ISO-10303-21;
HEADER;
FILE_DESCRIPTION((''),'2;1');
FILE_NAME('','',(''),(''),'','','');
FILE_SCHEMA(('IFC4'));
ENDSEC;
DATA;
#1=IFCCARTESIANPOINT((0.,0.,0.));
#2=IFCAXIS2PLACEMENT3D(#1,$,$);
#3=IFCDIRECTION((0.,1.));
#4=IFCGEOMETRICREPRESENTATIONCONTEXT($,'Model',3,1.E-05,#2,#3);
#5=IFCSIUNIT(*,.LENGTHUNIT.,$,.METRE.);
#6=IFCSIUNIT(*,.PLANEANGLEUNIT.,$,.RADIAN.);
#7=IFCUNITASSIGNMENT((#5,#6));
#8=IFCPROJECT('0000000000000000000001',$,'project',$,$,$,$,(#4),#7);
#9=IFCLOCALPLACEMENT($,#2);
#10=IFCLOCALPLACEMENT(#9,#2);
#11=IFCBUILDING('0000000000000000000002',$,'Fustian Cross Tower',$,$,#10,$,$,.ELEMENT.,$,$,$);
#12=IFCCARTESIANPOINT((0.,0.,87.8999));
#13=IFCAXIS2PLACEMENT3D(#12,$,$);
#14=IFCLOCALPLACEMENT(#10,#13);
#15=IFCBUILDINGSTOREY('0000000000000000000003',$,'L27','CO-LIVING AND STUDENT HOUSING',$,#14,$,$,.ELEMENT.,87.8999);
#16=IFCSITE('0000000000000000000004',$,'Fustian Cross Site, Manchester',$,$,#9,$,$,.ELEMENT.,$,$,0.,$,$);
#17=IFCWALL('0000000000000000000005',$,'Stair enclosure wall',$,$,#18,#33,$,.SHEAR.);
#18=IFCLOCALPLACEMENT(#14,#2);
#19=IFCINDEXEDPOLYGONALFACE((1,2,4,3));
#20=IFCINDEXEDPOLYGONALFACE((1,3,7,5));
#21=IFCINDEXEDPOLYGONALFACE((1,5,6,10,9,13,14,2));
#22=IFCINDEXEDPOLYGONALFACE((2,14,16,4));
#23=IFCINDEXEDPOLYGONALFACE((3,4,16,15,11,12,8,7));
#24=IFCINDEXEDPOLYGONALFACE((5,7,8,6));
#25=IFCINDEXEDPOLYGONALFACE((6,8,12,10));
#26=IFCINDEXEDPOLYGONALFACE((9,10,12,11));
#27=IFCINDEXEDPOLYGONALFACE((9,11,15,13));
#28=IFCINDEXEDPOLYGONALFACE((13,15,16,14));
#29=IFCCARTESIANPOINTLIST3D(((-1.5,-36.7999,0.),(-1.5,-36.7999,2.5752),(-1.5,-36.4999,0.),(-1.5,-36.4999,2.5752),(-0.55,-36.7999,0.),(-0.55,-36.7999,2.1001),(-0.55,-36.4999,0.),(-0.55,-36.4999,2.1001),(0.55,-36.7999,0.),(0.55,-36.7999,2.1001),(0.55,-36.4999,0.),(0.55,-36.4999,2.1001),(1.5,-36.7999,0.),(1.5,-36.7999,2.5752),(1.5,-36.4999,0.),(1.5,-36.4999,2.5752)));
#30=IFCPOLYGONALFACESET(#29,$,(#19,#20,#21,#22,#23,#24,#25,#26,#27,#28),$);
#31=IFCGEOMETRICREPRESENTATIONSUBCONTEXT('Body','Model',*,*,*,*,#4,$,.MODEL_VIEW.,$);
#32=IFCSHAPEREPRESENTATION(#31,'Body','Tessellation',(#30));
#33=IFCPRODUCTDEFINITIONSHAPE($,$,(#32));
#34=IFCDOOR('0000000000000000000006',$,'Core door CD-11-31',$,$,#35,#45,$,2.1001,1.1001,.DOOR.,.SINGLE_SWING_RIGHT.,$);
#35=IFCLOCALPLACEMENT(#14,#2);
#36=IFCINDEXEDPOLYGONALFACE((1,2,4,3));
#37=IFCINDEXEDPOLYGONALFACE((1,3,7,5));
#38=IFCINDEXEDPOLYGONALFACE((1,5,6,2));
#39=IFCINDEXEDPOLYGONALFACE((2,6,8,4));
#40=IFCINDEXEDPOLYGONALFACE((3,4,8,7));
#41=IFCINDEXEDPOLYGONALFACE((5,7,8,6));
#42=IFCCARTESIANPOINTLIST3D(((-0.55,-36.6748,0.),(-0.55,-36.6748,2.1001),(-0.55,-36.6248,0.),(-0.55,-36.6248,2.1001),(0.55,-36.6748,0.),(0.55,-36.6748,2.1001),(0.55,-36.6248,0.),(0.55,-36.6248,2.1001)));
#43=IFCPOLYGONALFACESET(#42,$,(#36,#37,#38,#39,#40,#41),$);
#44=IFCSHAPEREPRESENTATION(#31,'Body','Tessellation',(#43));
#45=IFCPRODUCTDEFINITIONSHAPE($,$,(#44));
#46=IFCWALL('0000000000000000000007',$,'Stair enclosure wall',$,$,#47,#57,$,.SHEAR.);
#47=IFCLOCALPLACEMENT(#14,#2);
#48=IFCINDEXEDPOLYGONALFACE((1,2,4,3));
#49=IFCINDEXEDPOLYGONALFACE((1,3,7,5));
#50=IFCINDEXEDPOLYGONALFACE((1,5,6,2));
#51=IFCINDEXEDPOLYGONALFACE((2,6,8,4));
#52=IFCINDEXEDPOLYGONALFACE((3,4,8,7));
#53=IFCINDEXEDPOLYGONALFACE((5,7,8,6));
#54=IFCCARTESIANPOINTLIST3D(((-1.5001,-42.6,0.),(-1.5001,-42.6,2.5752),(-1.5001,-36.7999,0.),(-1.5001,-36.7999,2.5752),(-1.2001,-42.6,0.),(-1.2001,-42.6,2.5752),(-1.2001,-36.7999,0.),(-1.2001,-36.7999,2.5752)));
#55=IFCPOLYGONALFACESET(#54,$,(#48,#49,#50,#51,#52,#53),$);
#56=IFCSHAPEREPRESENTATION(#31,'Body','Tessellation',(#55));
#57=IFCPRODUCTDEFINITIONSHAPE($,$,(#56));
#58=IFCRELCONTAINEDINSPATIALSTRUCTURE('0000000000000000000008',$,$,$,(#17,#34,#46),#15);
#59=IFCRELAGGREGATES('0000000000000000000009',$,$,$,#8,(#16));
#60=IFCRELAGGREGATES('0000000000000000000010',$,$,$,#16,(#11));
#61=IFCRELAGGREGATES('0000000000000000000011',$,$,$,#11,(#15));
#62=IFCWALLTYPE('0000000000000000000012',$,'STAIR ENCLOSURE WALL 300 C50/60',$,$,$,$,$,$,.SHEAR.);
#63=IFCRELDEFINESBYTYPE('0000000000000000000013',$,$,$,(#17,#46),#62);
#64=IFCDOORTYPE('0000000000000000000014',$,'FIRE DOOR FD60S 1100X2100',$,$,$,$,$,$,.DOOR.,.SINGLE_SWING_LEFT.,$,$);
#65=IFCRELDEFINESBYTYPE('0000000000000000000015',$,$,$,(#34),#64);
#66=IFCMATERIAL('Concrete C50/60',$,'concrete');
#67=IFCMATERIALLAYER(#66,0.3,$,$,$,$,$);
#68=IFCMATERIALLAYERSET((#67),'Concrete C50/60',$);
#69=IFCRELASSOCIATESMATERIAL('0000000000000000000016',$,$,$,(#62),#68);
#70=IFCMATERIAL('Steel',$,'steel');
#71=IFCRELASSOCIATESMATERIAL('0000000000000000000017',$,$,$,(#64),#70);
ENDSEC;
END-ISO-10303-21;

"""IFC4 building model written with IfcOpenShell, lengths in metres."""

from ifc_helpers import new_model, si_unit, direction, frame, frame_2d, origin, place, context, subcontext, project, spatial, rectangle, extrude, material, layer, layer_set, type_object, element, fill, save


model = new_model("IFC4")

# Units and contexts
model_context = context("Model", 3, precision=1e-05, world=origin(), true_north=direction((0.0, 1.0)))
body_context = subcontext(model_context, "Body", "Model", "MODEL_VIEW")
ifc_project = project(units=[si_unit("LENGTHUNIT", "METRE"), si_unit("PLANEANGLEUNIT", "RADIAN")], contexts=[model_context])

# Site, building, storey
site_placement = place(None, origin())
site = spatial("IfcSite", under=ifc_project, at=site_placement, Name="Fustian Cross Site, Manchester", CompositionType="ELEMENT", RefElevation=0.0)
building_placement = place(site_placement, origin())
building = spatial("IfcBuilding", under=site, at=building_placement, Name="Fustian Cross Tower", CompositionType="ELEMENT")
storey_placement = place(building_placement, frame((0.0, 0.0, 87.8999)))
storey = spatial("IfcBuildingStorey", under=building, at=storey_placement, Name="L27", Description="CO-LIVING AND STUDENT HOUSING", CompositionType="ELEMENT", Elevation=87.8999)

# Wall, opening, door
ifc_material_1 = material(Name="Concrete C50/60", Category="concrete")
ifc_layer_1 = layer(ifc_material_1, 0.3)
ifc_layer_set_1 = layer_set([ifc_layer_1], Name="Concrete C50/60")
wall_type_1 = type_object("IfcWallType", Name="STAIR ENCLOSURE WALL 300 C50/60", PredefinedType="SHEAR", material=ifc_layer_set_1)
wall_1_placement = place(storey_placement, frame((-1.5, -36.6499, 0.0), z_axis=(0.0, 0.0, 1.0), x_axis=(1.0, 0.0, 0.0)))
wall_1 = element("IfcWall", 1, at=wall_1_placement, inside=storey, type_object=wall_type_1, Name="Stair enclosure wall", PredefinedType="SHEAR", context=body_context, shape_type="SweptSolid", body=[
    extrude(rectangle(XDim=3.0, YDim=0.3, at=frame_2d((1.5, 0.0))), origin(), (0.0, 0.0, 1.0), 2.5752),
])
opening_1_placement = place(wall_1_placement, frame((0.95, 0.0, 0.0)))
opening_1 = element("IfcOpeningElement", 2, at=opening_1_placement, cuts=wall_1, PredefinedType="OPENING", context=body_context, shape_type="SweptSolid", body=[
    extrude(rectangle(XDim=1.1001, YDim=2.1001, at=frame_2d((0.55, 1.05))), frame((0.0, 0.1599, 0.0), z_axis=(0.0, -1.0, 0.0), x_axis=(1.0, 0.0, 0.0)), (0.0, 0.0, 1.0), 0.3201),
])
ifc_material_2 = material(Name="Steel", Category="steel")
door_type_1 = type_object("IfcDoorType", Name="FIRE DOOR FD60S 1100X2100", OperationType="SINGLE_SWING_LEFT", PredefinedType="DOOR", material=ifc_material_2)
door_1_placement = place(opening_1_placement, frame((1.1001, 0.0, 0.0), z_axis=(0.0, 0.0, 1.0), x_axis=(-1.0, 0.0, 0.0)))
door_1 = element("IfcDoor", 3, at=door_1_placement, inside=storey, type_object=door_type_1, Name="Core door CD-11-31", OperationType="SINGLE_SWING_RIGHT", OverallHeight=2.1001, OverallWidth=1.1001, PredefinedType="DOOR", context=body_context, shape_type="SweptSolid", body=[
    extrude(rectangle(XDim=1.1001, YDim=2.1001, at=frame_2d((0.55, 1.05))), frame((0.0, 0.0249, 0.0), z_axis=(0.0, -1.0, 0.0), x_axis=(1.0, 0.0, 0.0)), (0.0, 0.0, 1.0), 0.05),
])
fill(opening_1, door_1)

# Wall
wall_2_placement = place(storey_placement, frame((-1.3501, -36.8, 0.0), z_axis=(0.0, 0.0, 1.0), x_axis=(0.0, -1.0, 0.0)))
element("IfcWall", 4, at=wall_2_placement, inside=storey, type_object=wall_type_1, Name="Stair enclosure wall", PredefinedType="SHEAR", context=body_context, shape_type="SweptSolid", body=[
    extrude(rectangle(XDim=5.8, YDim=0.3, at=frame_2d((2.8999, 0.0))), origin(), (0.0, 0.0, 1.0), 2.5752),
])

save(model, "model.ifc")
